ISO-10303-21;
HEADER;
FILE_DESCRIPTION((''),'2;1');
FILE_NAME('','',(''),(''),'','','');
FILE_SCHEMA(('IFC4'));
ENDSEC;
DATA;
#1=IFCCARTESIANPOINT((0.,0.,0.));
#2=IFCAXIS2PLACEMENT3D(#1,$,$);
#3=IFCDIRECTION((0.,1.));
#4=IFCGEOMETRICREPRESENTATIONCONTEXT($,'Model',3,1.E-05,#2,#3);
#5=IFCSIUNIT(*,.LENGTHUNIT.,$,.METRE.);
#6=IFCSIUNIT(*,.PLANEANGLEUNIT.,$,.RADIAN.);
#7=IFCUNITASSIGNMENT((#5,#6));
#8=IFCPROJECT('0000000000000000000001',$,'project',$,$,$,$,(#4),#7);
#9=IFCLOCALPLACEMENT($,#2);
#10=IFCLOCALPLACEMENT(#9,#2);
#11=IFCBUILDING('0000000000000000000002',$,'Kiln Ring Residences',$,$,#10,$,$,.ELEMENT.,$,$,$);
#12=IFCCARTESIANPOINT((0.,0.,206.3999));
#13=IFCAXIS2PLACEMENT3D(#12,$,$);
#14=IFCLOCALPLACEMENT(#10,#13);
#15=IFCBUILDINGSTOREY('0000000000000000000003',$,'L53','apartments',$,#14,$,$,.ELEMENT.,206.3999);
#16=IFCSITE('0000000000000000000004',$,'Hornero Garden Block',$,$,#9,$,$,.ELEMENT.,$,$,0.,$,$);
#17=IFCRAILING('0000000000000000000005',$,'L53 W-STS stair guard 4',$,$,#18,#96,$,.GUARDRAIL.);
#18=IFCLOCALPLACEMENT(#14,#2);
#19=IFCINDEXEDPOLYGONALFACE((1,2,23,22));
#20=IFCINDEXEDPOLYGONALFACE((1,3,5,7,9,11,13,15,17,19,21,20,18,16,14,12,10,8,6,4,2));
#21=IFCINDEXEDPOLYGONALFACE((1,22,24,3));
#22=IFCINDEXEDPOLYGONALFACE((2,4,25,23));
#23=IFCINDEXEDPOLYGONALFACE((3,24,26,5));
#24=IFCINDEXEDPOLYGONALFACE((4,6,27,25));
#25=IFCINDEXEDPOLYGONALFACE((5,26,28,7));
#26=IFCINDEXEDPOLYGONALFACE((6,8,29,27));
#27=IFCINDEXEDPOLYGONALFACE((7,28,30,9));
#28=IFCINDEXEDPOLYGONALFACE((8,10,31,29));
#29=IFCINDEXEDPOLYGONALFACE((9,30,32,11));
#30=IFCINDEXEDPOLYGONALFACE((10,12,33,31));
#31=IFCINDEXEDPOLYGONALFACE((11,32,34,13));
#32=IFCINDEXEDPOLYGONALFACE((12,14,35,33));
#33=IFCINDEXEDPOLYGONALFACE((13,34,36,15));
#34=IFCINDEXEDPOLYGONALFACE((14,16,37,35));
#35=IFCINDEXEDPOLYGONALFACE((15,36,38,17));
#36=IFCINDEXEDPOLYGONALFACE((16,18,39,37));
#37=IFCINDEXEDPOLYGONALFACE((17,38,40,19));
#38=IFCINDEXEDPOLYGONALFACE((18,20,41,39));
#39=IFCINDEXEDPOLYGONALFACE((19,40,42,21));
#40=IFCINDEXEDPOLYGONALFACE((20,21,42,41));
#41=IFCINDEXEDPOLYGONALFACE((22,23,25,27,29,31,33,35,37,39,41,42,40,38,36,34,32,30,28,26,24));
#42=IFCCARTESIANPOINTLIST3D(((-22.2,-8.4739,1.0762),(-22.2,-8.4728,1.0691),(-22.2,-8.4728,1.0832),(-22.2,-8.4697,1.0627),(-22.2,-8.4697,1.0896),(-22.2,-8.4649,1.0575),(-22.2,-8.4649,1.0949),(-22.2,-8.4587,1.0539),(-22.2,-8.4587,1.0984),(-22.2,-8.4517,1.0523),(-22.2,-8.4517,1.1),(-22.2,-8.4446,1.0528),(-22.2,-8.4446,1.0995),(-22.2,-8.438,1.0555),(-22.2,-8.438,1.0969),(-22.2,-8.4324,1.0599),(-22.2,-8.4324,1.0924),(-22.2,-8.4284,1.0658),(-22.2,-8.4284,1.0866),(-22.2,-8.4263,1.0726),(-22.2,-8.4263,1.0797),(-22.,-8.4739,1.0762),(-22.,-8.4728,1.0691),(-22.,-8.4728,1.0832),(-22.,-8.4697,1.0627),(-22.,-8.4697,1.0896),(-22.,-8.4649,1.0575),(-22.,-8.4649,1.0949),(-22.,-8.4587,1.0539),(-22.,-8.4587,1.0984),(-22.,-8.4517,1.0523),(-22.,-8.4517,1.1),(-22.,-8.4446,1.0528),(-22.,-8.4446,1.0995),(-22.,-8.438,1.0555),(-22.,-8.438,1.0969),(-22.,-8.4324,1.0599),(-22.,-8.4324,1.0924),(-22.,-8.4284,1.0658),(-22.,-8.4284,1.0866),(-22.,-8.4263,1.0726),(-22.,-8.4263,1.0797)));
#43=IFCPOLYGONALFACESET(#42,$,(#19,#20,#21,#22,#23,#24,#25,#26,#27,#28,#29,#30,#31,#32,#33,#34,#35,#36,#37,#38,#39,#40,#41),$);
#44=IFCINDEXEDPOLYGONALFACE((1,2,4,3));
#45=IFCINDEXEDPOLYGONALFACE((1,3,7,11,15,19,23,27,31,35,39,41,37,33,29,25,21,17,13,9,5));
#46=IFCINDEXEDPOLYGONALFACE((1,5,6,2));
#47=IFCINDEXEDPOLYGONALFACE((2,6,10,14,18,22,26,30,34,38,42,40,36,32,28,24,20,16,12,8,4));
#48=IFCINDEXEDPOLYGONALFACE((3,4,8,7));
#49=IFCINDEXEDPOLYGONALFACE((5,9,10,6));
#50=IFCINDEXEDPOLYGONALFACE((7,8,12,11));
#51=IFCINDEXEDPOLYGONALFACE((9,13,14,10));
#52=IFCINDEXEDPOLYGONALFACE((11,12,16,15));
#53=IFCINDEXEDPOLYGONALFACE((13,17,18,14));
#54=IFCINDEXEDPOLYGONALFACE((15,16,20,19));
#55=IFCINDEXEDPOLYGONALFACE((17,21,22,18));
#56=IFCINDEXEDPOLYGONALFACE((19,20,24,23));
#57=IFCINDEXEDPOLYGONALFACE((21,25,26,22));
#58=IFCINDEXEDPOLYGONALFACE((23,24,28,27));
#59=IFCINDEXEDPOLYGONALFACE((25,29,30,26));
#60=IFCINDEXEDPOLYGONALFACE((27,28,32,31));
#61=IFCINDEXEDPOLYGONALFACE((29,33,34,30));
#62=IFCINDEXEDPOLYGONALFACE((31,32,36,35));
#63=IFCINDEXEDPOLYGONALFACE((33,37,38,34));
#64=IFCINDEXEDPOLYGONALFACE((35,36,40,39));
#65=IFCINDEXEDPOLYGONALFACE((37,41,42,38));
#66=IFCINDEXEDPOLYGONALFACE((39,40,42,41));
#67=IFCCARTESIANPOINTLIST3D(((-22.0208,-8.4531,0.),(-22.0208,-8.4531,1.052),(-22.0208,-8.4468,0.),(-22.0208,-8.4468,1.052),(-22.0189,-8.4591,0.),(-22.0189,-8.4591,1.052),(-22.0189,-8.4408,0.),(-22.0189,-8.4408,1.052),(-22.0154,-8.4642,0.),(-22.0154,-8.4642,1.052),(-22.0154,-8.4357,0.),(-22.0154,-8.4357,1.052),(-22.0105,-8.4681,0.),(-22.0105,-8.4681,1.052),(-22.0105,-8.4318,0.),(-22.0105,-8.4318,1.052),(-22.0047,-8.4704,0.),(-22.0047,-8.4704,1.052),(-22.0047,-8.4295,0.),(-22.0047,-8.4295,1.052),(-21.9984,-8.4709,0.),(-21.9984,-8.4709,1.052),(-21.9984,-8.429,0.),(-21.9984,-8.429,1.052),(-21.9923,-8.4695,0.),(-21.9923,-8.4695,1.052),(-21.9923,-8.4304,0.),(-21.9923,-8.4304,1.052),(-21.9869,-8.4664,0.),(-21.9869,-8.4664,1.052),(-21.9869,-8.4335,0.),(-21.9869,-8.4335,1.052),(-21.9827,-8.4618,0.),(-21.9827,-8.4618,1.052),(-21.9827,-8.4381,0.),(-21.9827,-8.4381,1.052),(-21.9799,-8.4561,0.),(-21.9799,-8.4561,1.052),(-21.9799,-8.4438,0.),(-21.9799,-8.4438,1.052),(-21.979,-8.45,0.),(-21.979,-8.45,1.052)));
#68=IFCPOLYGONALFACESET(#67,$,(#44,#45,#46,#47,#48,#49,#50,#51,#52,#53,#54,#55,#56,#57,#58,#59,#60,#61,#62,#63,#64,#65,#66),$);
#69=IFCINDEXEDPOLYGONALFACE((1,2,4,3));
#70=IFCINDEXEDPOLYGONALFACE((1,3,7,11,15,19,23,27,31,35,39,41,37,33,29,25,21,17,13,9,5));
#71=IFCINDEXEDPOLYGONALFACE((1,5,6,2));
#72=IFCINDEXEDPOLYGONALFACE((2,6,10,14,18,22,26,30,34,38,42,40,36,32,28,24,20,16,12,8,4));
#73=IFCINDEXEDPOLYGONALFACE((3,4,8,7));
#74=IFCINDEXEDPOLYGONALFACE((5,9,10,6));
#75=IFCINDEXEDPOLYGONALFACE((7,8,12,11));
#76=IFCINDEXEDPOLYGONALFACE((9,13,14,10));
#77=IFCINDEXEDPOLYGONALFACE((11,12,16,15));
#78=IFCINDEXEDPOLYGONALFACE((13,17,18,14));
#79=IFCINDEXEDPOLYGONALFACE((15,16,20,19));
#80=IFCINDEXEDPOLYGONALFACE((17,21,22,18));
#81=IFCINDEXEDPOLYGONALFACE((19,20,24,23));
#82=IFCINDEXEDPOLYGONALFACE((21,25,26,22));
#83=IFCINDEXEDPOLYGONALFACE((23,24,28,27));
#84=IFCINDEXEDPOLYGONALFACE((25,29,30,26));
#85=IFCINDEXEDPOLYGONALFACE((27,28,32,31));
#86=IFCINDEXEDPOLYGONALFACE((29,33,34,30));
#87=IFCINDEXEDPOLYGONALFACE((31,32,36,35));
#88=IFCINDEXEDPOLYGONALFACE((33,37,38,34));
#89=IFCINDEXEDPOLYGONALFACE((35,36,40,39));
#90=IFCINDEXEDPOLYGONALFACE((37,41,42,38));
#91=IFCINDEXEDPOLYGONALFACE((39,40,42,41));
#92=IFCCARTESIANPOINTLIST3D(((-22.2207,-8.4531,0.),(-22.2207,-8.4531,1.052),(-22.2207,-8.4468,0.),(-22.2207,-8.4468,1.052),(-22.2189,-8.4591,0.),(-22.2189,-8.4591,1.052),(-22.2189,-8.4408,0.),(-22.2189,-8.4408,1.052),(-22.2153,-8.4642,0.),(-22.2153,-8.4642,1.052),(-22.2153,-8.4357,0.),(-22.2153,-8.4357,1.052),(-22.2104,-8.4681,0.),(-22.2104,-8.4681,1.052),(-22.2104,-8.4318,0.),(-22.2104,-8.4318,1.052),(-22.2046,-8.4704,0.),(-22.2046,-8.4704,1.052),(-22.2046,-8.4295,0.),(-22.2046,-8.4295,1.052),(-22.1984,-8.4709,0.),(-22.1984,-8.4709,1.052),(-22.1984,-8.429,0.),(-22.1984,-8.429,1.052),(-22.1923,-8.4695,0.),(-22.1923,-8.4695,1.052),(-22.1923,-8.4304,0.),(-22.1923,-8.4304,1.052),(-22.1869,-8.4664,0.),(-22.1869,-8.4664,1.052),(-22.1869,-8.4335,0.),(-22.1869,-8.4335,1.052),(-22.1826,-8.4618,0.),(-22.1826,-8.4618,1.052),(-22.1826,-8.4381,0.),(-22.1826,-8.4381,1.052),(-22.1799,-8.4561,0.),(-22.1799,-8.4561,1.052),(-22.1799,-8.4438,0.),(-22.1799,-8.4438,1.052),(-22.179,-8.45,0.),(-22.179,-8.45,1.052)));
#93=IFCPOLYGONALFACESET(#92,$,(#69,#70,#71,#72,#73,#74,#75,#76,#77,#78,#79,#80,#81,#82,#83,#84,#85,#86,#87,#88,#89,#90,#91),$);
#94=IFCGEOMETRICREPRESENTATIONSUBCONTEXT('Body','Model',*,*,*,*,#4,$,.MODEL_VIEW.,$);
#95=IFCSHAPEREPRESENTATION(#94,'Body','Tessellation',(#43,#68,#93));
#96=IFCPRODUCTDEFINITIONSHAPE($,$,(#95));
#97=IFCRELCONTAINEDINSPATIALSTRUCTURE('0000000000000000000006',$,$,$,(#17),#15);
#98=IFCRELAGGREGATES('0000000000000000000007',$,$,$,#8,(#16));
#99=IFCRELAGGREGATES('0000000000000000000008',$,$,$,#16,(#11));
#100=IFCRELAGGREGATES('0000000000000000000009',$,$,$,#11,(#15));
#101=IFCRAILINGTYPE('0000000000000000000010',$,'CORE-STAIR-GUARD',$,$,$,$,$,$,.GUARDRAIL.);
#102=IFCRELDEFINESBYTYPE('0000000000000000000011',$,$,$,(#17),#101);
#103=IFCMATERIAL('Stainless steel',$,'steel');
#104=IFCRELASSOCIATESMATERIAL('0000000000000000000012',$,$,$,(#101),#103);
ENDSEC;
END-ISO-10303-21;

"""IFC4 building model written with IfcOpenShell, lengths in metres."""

from ifc_helpers import new_model, si_unit, direction, frame, origin, origin_2d, place, context, subcontext, project, spatial, circle, extrude, material, type_object, element, save


model = new_model("IFC4")

# Units and contexts
model_context = context("Model", 3, precision=1e-05, world=origin(), true_north=direction((0.0, 1.0)))
body_context = subcontext(model_context, "Body", "Model", "MODEL_VIEW")
ifc_project = project(units=[si_unit("LENGTHUNIT", "METRE"), si_unit("PLANEANGLEUNIT", "RADIAN")], contexts=[model_context])

# Site, building, storey
site_placement = place(None, origin())
site = spatial("IfcSite", under=ifc_project, at=site_placement, Name="Hornero Garden Block", CompositionType="ELEMENT", RefElevation=0.0)
building_placement = place(site_placement, origin())
building = spatial("IfcBuilding", under=site, at=building_placement, Name="Kiln Ring Residences", CompositionType="ELEMENT")
storey_placement = place(building_placement, frame((0.0, 0.0, 206.3999)))
storey = spatial("IfcBuildingStorey", under=building, at=storey_placement, Name="L53", Description="apartments", CompositionType="ELEMENT", Elevation=206.3999)

# Railing
ifc_material_1 = material(Name="Stainless steel", Category="steel")
railing_type_1 = type_object("IfcRailingType", Name="CORE-STAIR-GUARD", PredefinedType="GUARDRAIL", material=ifc_material_1)
railing_1_placement = place(storey_placement, frame((-22.0, -8.45, 0.0)))
element("IfcRailing", 1, at=railing_1_placement, inside=storey, type_object=railing_type_1, Name="L53 W-STS stair guard 4", PredefinedType="GUARDRAIL", context=body_context, shape_type="SweptSolid", body=[
    extrude(circle(Radius=0.0239, at=origin_2d()), frame((0.0, 0.0, 1.0762), z_axis=(-1.0, 0.0, 0.0), x_axis=(0.0, -1.0, 0.0)), (0.0, 0.0, 1.0), 0.2),
    extrude(circle(Radius=0.021, at=origin_2d()), origin(), (0.0, 0.0, 1.0), 1.052),
    extrude(circle(Radius=0.021, at=origin_2d()), frame((-0.2, 0.0, 0.0)), (0.0, 0.0, 1.0), 1.052),
])

save(model, "model.ifc")
